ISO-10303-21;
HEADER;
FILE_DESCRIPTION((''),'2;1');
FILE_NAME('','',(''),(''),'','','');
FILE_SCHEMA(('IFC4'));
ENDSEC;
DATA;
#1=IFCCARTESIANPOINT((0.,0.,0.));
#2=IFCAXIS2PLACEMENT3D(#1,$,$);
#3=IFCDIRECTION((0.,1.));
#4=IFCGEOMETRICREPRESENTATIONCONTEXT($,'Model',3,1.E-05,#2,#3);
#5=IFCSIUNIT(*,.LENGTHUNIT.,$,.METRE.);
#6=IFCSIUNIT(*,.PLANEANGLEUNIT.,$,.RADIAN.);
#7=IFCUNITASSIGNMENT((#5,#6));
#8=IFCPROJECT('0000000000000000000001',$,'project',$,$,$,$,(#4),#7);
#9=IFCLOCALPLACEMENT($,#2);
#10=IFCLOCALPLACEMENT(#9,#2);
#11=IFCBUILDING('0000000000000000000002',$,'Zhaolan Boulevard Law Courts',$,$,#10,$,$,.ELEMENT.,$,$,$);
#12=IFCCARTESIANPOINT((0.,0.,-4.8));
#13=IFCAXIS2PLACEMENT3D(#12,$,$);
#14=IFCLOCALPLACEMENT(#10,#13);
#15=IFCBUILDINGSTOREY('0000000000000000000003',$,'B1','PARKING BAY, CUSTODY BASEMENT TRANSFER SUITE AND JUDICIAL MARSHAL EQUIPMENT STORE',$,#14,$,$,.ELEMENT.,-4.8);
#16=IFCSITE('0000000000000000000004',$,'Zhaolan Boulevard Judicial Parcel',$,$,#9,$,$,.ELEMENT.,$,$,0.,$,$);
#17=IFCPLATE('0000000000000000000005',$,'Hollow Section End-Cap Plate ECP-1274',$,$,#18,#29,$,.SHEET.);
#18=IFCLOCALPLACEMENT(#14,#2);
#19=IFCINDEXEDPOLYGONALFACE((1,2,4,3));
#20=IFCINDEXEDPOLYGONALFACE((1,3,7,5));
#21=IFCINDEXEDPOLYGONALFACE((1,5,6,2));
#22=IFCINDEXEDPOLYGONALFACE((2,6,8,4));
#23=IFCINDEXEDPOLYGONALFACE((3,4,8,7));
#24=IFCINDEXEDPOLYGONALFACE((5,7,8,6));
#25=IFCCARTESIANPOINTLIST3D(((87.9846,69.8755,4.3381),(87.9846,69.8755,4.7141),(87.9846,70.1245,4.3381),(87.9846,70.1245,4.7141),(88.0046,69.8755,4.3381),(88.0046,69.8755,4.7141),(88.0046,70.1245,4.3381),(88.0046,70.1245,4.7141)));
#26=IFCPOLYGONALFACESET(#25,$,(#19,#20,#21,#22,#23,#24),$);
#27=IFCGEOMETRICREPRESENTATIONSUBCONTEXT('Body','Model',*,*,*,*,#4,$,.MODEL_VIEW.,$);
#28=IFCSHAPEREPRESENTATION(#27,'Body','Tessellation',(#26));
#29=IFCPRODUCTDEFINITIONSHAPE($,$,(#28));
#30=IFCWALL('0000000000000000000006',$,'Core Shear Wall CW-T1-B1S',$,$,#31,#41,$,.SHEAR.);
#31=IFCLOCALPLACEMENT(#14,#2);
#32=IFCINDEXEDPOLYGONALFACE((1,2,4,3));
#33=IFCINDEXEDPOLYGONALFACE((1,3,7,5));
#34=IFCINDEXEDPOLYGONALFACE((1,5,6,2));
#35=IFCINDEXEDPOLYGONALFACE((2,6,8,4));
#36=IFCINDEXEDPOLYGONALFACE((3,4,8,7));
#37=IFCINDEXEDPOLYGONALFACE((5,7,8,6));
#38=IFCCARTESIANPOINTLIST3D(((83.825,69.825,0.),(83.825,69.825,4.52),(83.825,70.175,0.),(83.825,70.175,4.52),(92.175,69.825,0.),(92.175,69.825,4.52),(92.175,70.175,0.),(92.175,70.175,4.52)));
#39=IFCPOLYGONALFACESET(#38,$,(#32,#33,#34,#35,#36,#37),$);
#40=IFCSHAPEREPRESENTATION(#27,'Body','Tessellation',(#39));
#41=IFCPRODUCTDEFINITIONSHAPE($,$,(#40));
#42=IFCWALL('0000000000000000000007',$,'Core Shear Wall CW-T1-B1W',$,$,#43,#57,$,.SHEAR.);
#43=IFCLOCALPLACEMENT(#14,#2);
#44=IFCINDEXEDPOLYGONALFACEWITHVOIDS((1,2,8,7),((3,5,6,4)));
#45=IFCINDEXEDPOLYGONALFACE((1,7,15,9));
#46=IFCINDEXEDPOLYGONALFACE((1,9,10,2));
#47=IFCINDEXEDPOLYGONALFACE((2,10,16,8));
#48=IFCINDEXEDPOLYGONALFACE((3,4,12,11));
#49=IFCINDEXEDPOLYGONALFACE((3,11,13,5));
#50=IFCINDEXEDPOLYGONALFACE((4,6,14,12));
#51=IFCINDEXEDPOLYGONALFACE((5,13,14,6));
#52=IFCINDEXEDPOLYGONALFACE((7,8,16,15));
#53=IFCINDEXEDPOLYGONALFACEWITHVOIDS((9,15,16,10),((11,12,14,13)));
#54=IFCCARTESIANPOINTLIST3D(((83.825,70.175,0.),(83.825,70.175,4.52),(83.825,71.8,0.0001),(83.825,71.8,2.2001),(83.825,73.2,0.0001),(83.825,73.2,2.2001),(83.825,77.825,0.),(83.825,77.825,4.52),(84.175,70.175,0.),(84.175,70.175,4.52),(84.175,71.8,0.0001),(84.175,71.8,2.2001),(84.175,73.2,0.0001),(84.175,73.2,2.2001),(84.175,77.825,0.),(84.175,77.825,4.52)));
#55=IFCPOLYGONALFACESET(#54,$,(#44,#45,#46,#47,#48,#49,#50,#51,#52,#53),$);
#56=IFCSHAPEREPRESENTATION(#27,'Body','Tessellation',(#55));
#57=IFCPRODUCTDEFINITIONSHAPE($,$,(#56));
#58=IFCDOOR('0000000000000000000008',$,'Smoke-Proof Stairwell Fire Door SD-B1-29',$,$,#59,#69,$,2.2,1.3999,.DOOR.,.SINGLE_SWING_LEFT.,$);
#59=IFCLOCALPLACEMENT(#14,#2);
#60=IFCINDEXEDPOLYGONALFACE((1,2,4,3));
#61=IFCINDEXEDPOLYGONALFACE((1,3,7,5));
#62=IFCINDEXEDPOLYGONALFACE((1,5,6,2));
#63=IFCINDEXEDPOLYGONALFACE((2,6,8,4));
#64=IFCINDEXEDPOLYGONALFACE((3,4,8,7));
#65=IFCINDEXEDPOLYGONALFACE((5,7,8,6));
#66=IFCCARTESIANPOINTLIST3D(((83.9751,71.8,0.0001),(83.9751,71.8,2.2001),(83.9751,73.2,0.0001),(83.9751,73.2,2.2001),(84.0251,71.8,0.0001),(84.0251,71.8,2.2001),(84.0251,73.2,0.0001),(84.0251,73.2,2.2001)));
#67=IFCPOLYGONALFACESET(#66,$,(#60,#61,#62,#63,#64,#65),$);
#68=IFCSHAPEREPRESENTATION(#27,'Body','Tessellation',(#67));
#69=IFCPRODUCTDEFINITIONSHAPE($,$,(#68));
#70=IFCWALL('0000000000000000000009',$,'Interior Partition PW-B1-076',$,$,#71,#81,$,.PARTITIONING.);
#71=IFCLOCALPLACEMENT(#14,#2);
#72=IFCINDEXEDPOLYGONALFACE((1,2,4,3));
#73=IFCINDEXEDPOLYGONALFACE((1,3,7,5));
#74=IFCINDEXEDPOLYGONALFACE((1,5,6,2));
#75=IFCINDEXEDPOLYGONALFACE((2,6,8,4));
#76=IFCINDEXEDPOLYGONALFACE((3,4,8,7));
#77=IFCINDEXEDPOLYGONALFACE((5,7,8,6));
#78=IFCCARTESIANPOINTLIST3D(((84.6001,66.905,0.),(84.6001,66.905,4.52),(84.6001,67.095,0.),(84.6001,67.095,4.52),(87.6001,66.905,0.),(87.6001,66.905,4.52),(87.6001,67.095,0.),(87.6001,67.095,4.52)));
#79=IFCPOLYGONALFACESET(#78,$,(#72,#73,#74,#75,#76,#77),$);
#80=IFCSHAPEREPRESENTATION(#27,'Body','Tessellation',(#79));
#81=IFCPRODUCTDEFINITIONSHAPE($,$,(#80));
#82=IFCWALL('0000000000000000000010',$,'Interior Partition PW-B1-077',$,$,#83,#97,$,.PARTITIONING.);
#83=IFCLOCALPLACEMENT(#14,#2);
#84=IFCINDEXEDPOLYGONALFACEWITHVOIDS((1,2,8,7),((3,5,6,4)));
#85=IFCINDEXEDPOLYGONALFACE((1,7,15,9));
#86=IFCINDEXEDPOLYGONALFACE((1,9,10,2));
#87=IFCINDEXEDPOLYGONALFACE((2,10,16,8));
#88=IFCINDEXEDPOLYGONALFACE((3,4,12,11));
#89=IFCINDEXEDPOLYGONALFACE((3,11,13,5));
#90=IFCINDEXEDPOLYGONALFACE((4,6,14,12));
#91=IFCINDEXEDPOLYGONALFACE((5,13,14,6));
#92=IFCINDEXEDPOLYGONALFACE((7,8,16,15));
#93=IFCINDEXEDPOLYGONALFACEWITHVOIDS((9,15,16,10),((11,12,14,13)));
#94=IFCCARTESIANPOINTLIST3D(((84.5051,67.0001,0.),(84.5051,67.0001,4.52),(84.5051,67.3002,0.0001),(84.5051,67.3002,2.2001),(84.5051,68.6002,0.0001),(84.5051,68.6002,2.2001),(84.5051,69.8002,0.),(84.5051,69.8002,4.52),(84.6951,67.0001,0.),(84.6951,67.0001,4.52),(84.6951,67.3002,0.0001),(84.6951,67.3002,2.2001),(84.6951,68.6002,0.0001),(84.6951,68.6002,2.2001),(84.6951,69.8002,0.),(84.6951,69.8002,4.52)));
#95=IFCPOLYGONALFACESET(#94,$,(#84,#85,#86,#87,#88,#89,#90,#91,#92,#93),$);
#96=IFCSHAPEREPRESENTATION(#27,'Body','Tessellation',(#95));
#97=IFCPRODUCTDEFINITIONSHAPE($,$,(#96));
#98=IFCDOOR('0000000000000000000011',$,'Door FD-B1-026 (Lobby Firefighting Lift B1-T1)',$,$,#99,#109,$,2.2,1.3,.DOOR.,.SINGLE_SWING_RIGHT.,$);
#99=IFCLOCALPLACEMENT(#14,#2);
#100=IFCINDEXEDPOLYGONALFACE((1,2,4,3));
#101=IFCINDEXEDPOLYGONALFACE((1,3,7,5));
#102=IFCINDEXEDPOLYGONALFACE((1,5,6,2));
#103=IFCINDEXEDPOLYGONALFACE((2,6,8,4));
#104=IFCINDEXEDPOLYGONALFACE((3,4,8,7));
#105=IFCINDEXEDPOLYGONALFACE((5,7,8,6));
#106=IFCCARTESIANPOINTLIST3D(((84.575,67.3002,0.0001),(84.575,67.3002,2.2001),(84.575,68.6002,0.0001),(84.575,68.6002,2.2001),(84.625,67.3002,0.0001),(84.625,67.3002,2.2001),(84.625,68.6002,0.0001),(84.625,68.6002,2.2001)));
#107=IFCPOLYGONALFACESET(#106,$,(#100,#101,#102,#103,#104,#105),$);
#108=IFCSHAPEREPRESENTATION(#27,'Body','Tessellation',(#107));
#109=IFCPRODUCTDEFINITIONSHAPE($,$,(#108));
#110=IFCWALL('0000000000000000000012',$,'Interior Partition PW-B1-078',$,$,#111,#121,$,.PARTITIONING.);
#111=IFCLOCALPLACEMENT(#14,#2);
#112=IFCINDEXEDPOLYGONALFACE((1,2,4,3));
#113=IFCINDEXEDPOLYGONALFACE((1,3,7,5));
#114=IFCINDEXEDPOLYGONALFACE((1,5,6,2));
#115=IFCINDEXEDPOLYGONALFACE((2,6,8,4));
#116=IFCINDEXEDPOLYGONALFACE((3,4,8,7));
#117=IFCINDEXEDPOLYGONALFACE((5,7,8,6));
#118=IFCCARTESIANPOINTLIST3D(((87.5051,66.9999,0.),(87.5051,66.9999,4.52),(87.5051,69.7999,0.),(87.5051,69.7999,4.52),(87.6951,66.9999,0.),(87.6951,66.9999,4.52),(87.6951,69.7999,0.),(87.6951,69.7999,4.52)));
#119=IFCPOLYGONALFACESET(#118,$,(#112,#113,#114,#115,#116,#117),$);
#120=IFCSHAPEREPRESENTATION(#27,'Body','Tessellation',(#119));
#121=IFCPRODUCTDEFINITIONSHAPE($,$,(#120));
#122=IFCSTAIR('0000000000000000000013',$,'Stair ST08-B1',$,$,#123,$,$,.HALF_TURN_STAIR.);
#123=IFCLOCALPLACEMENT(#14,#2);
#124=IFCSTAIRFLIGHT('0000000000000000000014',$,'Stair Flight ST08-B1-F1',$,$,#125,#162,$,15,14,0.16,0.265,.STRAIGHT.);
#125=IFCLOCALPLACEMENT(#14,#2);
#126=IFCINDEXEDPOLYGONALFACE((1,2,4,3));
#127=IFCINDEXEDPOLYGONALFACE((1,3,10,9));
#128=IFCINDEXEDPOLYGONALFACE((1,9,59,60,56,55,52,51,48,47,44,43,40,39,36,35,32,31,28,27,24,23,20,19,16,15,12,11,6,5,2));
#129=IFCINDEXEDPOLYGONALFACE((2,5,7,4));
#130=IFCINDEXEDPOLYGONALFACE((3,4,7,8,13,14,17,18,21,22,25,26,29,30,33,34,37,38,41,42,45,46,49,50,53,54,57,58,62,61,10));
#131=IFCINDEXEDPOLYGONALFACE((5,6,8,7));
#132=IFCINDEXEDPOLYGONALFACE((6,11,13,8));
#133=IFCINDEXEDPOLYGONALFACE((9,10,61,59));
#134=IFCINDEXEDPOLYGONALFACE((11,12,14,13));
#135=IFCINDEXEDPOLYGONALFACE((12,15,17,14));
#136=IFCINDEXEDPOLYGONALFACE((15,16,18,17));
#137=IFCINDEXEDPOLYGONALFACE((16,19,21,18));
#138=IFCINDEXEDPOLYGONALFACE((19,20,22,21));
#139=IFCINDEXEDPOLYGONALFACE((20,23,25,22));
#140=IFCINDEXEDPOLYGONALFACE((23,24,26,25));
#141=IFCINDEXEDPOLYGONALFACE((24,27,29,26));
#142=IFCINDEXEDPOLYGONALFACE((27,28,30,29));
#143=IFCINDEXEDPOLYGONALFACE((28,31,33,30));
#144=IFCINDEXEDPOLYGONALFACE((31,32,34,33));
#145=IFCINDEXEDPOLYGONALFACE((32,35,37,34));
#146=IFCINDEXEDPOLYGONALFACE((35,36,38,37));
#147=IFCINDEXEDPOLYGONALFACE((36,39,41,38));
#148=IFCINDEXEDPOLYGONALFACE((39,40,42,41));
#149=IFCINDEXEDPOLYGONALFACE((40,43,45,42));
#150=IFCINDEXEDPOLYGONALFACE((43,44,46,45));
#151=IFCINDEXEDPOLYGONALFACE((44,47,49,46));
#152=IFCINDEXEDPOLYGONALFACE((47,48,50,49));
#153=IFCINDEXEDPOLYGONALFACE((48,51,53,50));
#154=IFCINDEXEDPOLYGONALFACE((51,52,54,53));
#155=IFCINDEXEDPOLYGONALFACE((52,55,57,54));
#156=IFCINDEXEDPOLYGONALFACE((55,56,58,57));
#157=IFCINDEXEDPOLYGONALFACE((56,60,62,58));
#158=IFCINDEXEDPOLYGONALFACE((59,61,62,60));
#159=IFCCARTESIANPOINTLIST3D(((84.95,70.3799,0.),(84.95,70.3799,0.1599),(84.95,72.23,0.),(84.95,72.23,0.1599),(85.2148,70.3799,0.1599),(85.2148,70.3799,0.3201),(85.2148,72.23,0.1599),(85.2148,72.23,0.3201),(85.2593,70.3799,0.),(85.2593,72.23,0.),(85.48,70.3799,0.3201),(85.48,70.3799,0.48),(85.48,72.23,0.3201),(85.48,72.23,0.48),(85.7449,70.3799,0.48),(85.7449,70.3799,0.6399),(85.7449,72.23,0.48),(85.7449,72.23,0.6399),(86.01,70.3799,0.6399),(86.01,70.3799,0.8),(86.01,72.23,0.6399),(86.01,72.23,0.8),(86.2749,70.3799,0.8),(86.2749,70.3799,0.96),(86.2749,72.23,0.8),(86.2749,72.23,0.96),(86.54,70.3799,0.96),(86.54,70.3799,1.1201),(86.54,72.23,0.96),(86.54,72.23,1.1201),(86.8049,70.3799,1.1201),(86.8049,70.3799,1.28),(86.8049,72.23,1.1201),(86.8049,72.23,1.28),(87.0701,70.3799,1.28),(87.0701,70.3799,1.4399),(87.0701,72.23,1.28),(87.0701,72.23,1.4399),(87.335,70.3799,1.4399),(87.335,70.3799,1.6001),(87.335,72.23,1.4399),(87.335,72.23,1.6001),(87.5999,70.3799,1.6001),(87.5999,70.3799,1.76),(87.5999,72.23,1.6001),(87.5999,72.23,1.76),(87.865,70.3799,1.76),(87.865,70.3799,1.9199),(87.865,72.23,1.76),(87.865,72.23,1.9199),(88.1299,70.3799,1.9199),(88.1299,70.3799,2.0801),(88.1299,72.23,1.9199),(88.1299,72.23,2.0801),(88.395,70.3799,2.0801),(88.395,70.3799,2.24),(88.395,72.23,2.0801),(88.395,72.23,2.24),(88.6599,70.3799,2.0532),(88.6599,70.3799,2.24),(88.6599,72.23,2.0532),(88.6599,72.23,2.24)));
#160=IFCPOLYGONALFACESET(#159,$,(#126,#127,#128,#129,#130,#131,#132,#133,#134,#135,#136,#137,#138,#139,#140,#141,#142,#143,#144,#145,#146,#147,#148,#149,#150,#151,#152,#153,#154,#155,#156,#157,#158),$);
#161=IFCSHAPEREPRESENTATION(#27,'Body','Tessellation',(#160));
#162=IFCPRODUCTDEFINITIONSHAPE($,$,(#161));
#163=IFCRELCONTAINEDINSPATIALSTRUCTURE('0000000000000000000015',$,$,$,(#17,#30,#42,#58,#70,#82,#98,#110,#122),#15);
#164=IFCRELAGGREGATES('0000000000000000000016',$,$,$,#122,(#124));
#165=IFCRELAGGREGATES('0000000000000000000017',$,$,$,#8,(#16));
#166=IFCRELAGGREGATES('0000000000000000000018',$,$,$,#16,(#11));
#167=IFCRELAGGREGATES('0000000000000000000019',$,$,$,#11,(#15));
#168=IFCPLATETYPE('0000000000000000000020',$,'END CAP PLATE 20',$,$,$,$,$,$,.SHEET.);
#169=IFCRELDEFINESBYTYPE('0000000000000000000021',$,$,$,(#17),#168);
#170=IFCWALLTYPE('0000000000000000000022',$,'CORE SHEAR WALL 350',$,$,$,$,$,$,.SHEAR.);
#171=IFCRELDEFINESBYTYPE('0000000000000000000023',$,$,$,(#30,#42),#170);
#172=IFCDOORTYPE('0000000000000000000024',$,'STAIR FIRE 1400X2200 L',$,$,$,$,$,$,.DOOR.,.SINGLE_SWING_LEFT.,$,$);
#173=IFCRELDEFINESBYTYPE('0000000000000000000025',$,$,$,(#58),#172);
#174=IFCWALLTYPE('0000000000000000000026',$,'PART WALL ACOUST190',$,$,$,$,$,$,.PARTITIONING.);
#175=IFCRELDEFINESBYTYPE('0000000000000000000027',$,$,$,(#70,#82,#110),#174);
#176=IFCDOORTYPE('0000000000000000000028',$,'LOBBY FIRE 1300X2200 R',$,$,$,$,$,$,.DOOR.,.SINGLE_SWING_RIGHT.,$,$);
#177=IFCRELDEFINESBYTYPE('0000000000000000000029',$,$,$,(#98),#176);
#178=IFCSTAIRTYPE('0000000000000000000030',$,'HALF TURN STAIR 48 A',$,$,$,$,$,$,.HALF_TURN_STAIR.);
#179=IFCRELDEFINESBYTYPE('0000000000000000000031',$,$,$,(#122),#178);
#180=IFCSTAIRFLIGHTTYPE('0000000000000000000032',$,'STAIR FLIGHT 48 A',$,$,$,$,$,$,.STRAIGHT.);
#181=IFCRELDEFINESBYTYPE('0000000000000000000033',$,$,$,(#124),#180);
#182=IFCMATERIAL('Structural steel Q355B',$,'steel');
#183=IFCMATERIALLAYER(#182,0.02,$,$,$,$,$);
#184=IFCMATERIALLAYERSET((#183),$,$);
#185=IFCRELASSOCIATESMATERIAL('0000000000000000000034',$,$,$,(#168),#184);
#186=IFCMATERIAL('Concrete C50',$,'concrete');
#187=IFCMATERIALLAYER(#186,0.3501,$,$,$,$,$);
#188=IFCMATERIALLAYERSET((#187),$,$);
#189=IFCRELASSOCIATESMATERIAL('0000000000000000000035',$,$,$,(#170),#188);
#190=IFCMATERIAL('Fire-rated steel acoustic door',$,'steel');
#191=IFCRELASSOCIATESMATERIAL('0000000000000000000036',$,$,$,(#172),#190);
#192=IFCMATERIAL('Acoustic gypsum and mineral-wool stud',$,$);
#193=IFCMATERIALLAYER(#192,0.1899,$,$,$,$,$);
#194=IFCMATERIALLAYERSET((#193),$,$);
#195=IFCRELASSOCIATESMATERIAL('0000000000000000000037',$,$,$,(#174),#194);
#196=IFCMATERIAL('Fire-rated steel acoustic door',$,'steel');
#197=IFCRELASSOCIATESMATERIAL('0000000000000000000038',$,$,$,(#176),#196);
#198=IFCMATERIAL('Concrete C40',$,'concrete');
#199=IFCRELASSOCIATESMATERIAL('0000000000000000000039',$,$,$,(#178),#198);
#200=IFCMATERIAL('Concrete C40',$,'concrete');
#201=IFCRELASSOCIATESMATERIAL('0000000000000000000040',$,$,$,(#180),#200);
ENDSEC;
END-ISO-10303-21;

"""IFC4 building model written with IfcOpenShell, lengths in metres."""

from ifc_helpers import new_model, si_unit, direction, frame, frame_2d, origin, origin_2d, place, context, subcontext, project, spatial, polyline, rectangle, outline, extrude, material, layer, layer_set, type_object, element, fill, aggregate, save


model = new_model("IFC4")

# Units and contexts
model_context = context("Model", 3, precision=1e-05, world=origin(), true_north=direction((0.0, 1.0)))
body_context = subcontext(model_context, "Body", "Model", "MODEL_VIEW")
ifc_project = project(units=[si_unit("LENGTHUNIT", "METRE"), si_unit("PLANEANGLEUNIT", "RADIAN")], contexts=[model_context])

# Site, building, storey
site_placement = place(None, origin())
site = spatial("IfcSite", under=ifc_project, at=site_placement, Name="Zhaolan Boulevard Judicial Parcel", CompositionType="ELEMENT", RefElevation=0.0)
building_placement = place(site_placement, origin())
building = spatial("IfcBuilding", under=site, at=building_placement, Name="Zhaolan Boulevard Law Courts", CompositionType="ELEMENT")
storey_placement = place(building_placement, frame((0.0, 0.0, -4.8)))
storey = spatial("IfcBuildingStorey", under=building, at=storey_placement, Name="B1", Description="PARKING BAY, CUSTODY BASEMENT TRANSFER SUITE AND JUDICIAL MARSHAL EQUIPMENT STORE", CompositionType="ELEMENT", Elevation=-4.8)

# Plate
ifc_material_1 = material(Name="Structural steel Q355B", Category="steel")
ifc_layer_1 = layer(ifc_material_1, 0.02)
ifc_layer_set_1 = layer_set([ifc_layer_1])
plate_type_1 = type_object("IfcPlateType", Name="END CAP PLATE 20", PredefinedType="SHEET", material=ifc_layer_set_1)
plate_1_placement = place(storey_placement, frame((87.9946, 70.0, 4.3381), z_axis=(0.0, 0.0, 1.0), x_axis=(-1.0, 0.0, 0.0)))
element("IfcPlate", 1, at=plate_1_placement, inside=storey, type_object=plate_type_1, Name="Hollow Section End-Cap Plate ECP-1274", PredefinedType="SHEET", context=body_context, shape_type="SweptSolid", body=[
    extrude(rectangle(XDim=0.02, YDim=0.249, at=origin_2d()), origin(), (0.0, 0.0, 1.0), 0.376),
])

# Wall
ifc_material_2 = material(Name="Concrete C50", Category="concrete")
ifc_layer_2 = layer(ifc_material_2, 0.3501)
ifc_layer_set_2 = layer_set([ifc_layer_2])
wall_type_1 = type_object("IfcWallType", Name="CORE SHEAR WALL 350", PredefinedType="SHEAR", material=ifc_layer_set_2)
wall_1_placement = place(storey_placement, frame((83.825, 70.0, 0.0), z_axis=(0.0, 0.0, 1.0), x_axis=(1.0, 0.0, 0.0)))
element("IfcWall", 2, at=wall_1_placement, inside=storey, type_object=wall_type_1, Name="Core Shear Wall CW-T1-B1S", PredefinedType="SHEAR", context=body_context, shape_type="SweptSolid", body=[
    extrude(rectangle(XDim=8.3501, YDim=0.3501, at=frame_2d((4.175, 0.0))), origin(), (0.0, 0.0, 1.0), 4.52),
])

# Wall, opening, door
wall_2_placement = place(storey_placement, frame((84.0, 70.175, 0.0), z_axis=(0.0, 0.0, 1.0), x_axis=(0.0, 1.0, 0.0)))
wall_2 = element("IfcWall", 3, at=wall_2_placement, inside=storey, type_object=wall_type_1, Name="Core Shear Wall CW-T1-B1W", PredefinedType="SHEAR", context=body_context, shape_type="SweptSolid", body=[
    extrude(rectangle(XDim=7.6499, YDim=0.3501, at=frame_2d((3.825, 0.0))), origin(), (0.0, 0.0, 1.0), 4.52),
])
opening_1_placement = place(wall_2_placement, frame((1.625, 0.0, 0.0)))
opening_1 = element("IfcOpeningElement", 4, at=opening_1_placement, cuts=wall_2, PredefinedType="OPENING", context=body_context, shape_type="SweptSolid", body=[
    extrude(rectangle(XDim=1.3999, YDim=2.2, at=frame_2d((0.7, 1.1001))), frame((0.0, 0.1851, 0.0), z_axis=(0.0, -1.0, 0.0), x_axis=(1.0, 0.0, 0.0)), (0.0, 0.0, 1.0), 0.3701),
])
ifc_material_3 = material(Name="Fire-rated steel acoustic door", Category="steel")
door_type_1 = type_object("IfcDoorType", Name="STAIR FIRE 1400X2200 L", OperationType="SINGLE_SWING_LEFT", PredefinedType="DOOR", material=ifc_material_3)
door_1_placement = place(opening_1_placement, origin())
door_1 = element("IfcDoor", 5, at=door_1_placement, inside=storey, type_object=door_type_1, Name="Smoke-Proof Stairwell Fire Door SD-B1-29", OperationType="SINGLE_SWING_LEFT", OverallHeight=2.2, OverallWidth=1.3999, PredefinedType="DOOR", context=body_context, shape_type="SweptSolid", body=[
    extrude(rectangle(XDim=1.3999, YDim=2.2, at=frame_2d((0.7, 1.1001))), frame((0.0, 0.0249, 0.0), z_axis=(0.0, -1.0, 0.0), x_axis=(1.0, 0.0, 0.0)), (0.0, 0.0, 1.0), 0.05),
])
fill(opening_1, door_1)

# Wall
ifc_material_4 = material(Name="Acoustic gypsum and mineral-wool stud")
ifc_layer_3 = layer(ifc_material_4, 0.1899)
ifc_layer_set_3 = layer_set([ifc_layer_3])
wall_type_2 = type_object("IfcWallType", Name="PART WALL ACOUST190", PredefinedType="PARTITIONING", material=ifc_layer_set_3)
wall_3_placement = place(storey_placement, frame((84.6001, 67.0, 0.0), z_axis=(0.0, 0.0, 1.0), x_axis=(1.0, 0.0, 0.0)))
element("IfcWall", 6, at=wall_3_placement, inside=storey, type_object=wall_type_2, Name="Interior Partition PW-B1-076", PredefinedType="PARTITIONING", context=body_context, shape_type="SweptSolid", body=[
    extrude(rectangle(XDim=3.0, YDim=0.1899, at=frame_2d((1.5, 0.0))), origin(), (0.0, 0.0, 1.0), 4.52),
])

# Wall, opening, door
wall_4_placement = place(storey_placement, frame((84.6001, 69.8, 0.0), z_axis=(0.0, 0.0, 1.0), x_axis=(0.0, -1.0, 0.0)))
wall_4 = element("IfcWall", 7, at=wall_4_placement, inside=storey, type_object=wall_type_2, Name="Interior Partition PW-B1-077", PredefinedType="PARTITIONING", context=body_context, shape_type="SweptSolid", body=[
    extrude(rectangle(XDim=2.8, YDim=0.1899, at=frame_2d((1.3999, 0.0))), origin(), (0.0, 0.0, 1.0), 4.52),
])
opening_2_placement = place(wall_4_placement, frame((1.2, 0.0, 0.0)))
opening_2 = element("IfcOpeningElement", 8, at=opening_2_placement, cuts=wall_4, PredefinedType="OPENING", context=body_context, shape_type="SweptSolid", body=[
    extrude(rectangle(XDim=1.3, YDim=2.2, at=frame_2d((0.6499, 1.1001))), frame((0.0, 0.105, 0.0), z_axis=(0.0, -1.0, 0.0), x_axis=(1.0, 0.0, 0.0)), (0.0, 0.0, 1.0), 0.21),
])
ifc_material_5 = material(Name="Fire-rated steel acoustic door", Category="steel")
door_type_2 = type_object("IfcDoorType", Name="LOBBY FIRE 1300X2200 R", OperationType="SINGLE_SWING_RIGHT", PredefinedType="DOOR", material=ifc_material_5)
door_2_placement = place(opening_2_placement, origin())
door_2 = element("IfcDoor", 9, at=door_2_placement, inside=storey, type_object=door_type_2, Name="Door FD-B1-026 (Lobby Firefighting Lift B1-T1)", OperationType="SINGLE_SWING_RIGHT", OverallHeight=2.2, OverallWidth=1.3, PredefinedType="DOOR", context=body_context, shape_type="SweptSolid", body=[
    extrude(rectangle(XDim=1.3, YDim=2.2, at=frame_2d((0.6499, 1.1001))), frame((0.0, 0.0249, 0.0), z_axis=(0.0, -1.0, 0.0), x_axis=(1.0, 0.0, 0.0)), (0.0, 0.0, 1.0), 0.05),
])
fill(opening_2, door_2)

# Wall
wall_5_placement = place(storey_placement, frame((87.6001, 67.0, 0.0), z_axis=(0.0, 0.0, 1.0), x_axis=(0.0, 1.0, 0.0)))
element("IfcWall", 10, at=wall_5_placement, inside=storey, type_object=wall_type_2, Name="Interior Partition PW-B1-078", PredefinedType="PARTITIONING", context=body_context, shape_type="SweptSolid", body=[
    extrude(rectangle(XDim=2.8, YDim=0.1899, at=frame_2d((1.3999, 0.0))), origin(), (0.0, 0.0, 1.0), 4.52),
])

# Stair, stair flight
ifc_material_6 = material(Name="Concrete C40", Category="concrete")
stair_type = type_object("IfcStairType", Name="HALF TURN STAIR 48 A", PredefinedType="HALF_TURN_STAIR", material=ifc_material_6)
stair_placement = place(storey_placement, origin())
stair = element("IfcStair", 11, at=stair_placement, inside=storey, type_object=stair_type, Name="Stair ST08-B1", PredefinedType="HALF_TURN_STAIR")
ifc_material_7 = material(Name="Concrete C40", Category="concrete")
stair_flight_type = type_object("IfcStairFlightType", Name="STAIR FLIGHT 48 A", PredefinedType="STRAIGHT", material=ifc_material_7)
stair_flight_placement = place(storey_placement, frame((84.95, 71.3049, 0.0), z_axis=(0.0, 0.0, 1.0), x_axis=(1.0, 0.0, 0.0)))
stair_flight = element("IfcStairFlight", 12, at=stair_flight_placement, type_object=stair_flight_type, Name="Stair Flight ST08-B1-F1", NumberOfRisers=15, NumberOfTreads=14, PredefinedType="STRAIGHT", RiserHeight=0.16, TreadLength=0.265, context=body_context, shape_type="SweptSolid", body=[
    extrude(outline(polyline([(0.0, 0.0), (0.0, 0.1599), (0.2649, 0.1599), (0.2649, 0.3201), (0.53, 0.3201), (0.53, 0.48), (0.7949, 0.48), (0.7949, 0.6399), (1.0601, 0.6399), (1.0601, 0.8), (1.325, 0.8), (1.325, 0.96), (1.5901, 0.96), (1.5901, 1.1201), (1.855, 1.1201), (1.855, 1.28), (2.1201, 1.28), (2.1201, 1.4399), (2.385, 1.4399), (2.385, 1.6001), (2.6499, 1.6001), (2.6499, 1.76), (2.915, 1.76), (2.915, 1.9199), (3.1799, 1.9199), (3.1799, 2.0801), (3.4451, 2.0801), (3.4451, 2.24), (3.71, 2.24), (3.71, 2.3999), (3.71, 2.0532), (0.3093, 0.0), (0.0, 0.0)])), frame((0.0, 0.925, 0.0), z_axis=(0.0, -1.0, 0.0), x_axis=(1.0, 0.0, 0.0)), (0.0, 0.0, 1.0), 1.8501),
])
aggregate(stair, [stair_flight])

save(model, "model.ifc")
